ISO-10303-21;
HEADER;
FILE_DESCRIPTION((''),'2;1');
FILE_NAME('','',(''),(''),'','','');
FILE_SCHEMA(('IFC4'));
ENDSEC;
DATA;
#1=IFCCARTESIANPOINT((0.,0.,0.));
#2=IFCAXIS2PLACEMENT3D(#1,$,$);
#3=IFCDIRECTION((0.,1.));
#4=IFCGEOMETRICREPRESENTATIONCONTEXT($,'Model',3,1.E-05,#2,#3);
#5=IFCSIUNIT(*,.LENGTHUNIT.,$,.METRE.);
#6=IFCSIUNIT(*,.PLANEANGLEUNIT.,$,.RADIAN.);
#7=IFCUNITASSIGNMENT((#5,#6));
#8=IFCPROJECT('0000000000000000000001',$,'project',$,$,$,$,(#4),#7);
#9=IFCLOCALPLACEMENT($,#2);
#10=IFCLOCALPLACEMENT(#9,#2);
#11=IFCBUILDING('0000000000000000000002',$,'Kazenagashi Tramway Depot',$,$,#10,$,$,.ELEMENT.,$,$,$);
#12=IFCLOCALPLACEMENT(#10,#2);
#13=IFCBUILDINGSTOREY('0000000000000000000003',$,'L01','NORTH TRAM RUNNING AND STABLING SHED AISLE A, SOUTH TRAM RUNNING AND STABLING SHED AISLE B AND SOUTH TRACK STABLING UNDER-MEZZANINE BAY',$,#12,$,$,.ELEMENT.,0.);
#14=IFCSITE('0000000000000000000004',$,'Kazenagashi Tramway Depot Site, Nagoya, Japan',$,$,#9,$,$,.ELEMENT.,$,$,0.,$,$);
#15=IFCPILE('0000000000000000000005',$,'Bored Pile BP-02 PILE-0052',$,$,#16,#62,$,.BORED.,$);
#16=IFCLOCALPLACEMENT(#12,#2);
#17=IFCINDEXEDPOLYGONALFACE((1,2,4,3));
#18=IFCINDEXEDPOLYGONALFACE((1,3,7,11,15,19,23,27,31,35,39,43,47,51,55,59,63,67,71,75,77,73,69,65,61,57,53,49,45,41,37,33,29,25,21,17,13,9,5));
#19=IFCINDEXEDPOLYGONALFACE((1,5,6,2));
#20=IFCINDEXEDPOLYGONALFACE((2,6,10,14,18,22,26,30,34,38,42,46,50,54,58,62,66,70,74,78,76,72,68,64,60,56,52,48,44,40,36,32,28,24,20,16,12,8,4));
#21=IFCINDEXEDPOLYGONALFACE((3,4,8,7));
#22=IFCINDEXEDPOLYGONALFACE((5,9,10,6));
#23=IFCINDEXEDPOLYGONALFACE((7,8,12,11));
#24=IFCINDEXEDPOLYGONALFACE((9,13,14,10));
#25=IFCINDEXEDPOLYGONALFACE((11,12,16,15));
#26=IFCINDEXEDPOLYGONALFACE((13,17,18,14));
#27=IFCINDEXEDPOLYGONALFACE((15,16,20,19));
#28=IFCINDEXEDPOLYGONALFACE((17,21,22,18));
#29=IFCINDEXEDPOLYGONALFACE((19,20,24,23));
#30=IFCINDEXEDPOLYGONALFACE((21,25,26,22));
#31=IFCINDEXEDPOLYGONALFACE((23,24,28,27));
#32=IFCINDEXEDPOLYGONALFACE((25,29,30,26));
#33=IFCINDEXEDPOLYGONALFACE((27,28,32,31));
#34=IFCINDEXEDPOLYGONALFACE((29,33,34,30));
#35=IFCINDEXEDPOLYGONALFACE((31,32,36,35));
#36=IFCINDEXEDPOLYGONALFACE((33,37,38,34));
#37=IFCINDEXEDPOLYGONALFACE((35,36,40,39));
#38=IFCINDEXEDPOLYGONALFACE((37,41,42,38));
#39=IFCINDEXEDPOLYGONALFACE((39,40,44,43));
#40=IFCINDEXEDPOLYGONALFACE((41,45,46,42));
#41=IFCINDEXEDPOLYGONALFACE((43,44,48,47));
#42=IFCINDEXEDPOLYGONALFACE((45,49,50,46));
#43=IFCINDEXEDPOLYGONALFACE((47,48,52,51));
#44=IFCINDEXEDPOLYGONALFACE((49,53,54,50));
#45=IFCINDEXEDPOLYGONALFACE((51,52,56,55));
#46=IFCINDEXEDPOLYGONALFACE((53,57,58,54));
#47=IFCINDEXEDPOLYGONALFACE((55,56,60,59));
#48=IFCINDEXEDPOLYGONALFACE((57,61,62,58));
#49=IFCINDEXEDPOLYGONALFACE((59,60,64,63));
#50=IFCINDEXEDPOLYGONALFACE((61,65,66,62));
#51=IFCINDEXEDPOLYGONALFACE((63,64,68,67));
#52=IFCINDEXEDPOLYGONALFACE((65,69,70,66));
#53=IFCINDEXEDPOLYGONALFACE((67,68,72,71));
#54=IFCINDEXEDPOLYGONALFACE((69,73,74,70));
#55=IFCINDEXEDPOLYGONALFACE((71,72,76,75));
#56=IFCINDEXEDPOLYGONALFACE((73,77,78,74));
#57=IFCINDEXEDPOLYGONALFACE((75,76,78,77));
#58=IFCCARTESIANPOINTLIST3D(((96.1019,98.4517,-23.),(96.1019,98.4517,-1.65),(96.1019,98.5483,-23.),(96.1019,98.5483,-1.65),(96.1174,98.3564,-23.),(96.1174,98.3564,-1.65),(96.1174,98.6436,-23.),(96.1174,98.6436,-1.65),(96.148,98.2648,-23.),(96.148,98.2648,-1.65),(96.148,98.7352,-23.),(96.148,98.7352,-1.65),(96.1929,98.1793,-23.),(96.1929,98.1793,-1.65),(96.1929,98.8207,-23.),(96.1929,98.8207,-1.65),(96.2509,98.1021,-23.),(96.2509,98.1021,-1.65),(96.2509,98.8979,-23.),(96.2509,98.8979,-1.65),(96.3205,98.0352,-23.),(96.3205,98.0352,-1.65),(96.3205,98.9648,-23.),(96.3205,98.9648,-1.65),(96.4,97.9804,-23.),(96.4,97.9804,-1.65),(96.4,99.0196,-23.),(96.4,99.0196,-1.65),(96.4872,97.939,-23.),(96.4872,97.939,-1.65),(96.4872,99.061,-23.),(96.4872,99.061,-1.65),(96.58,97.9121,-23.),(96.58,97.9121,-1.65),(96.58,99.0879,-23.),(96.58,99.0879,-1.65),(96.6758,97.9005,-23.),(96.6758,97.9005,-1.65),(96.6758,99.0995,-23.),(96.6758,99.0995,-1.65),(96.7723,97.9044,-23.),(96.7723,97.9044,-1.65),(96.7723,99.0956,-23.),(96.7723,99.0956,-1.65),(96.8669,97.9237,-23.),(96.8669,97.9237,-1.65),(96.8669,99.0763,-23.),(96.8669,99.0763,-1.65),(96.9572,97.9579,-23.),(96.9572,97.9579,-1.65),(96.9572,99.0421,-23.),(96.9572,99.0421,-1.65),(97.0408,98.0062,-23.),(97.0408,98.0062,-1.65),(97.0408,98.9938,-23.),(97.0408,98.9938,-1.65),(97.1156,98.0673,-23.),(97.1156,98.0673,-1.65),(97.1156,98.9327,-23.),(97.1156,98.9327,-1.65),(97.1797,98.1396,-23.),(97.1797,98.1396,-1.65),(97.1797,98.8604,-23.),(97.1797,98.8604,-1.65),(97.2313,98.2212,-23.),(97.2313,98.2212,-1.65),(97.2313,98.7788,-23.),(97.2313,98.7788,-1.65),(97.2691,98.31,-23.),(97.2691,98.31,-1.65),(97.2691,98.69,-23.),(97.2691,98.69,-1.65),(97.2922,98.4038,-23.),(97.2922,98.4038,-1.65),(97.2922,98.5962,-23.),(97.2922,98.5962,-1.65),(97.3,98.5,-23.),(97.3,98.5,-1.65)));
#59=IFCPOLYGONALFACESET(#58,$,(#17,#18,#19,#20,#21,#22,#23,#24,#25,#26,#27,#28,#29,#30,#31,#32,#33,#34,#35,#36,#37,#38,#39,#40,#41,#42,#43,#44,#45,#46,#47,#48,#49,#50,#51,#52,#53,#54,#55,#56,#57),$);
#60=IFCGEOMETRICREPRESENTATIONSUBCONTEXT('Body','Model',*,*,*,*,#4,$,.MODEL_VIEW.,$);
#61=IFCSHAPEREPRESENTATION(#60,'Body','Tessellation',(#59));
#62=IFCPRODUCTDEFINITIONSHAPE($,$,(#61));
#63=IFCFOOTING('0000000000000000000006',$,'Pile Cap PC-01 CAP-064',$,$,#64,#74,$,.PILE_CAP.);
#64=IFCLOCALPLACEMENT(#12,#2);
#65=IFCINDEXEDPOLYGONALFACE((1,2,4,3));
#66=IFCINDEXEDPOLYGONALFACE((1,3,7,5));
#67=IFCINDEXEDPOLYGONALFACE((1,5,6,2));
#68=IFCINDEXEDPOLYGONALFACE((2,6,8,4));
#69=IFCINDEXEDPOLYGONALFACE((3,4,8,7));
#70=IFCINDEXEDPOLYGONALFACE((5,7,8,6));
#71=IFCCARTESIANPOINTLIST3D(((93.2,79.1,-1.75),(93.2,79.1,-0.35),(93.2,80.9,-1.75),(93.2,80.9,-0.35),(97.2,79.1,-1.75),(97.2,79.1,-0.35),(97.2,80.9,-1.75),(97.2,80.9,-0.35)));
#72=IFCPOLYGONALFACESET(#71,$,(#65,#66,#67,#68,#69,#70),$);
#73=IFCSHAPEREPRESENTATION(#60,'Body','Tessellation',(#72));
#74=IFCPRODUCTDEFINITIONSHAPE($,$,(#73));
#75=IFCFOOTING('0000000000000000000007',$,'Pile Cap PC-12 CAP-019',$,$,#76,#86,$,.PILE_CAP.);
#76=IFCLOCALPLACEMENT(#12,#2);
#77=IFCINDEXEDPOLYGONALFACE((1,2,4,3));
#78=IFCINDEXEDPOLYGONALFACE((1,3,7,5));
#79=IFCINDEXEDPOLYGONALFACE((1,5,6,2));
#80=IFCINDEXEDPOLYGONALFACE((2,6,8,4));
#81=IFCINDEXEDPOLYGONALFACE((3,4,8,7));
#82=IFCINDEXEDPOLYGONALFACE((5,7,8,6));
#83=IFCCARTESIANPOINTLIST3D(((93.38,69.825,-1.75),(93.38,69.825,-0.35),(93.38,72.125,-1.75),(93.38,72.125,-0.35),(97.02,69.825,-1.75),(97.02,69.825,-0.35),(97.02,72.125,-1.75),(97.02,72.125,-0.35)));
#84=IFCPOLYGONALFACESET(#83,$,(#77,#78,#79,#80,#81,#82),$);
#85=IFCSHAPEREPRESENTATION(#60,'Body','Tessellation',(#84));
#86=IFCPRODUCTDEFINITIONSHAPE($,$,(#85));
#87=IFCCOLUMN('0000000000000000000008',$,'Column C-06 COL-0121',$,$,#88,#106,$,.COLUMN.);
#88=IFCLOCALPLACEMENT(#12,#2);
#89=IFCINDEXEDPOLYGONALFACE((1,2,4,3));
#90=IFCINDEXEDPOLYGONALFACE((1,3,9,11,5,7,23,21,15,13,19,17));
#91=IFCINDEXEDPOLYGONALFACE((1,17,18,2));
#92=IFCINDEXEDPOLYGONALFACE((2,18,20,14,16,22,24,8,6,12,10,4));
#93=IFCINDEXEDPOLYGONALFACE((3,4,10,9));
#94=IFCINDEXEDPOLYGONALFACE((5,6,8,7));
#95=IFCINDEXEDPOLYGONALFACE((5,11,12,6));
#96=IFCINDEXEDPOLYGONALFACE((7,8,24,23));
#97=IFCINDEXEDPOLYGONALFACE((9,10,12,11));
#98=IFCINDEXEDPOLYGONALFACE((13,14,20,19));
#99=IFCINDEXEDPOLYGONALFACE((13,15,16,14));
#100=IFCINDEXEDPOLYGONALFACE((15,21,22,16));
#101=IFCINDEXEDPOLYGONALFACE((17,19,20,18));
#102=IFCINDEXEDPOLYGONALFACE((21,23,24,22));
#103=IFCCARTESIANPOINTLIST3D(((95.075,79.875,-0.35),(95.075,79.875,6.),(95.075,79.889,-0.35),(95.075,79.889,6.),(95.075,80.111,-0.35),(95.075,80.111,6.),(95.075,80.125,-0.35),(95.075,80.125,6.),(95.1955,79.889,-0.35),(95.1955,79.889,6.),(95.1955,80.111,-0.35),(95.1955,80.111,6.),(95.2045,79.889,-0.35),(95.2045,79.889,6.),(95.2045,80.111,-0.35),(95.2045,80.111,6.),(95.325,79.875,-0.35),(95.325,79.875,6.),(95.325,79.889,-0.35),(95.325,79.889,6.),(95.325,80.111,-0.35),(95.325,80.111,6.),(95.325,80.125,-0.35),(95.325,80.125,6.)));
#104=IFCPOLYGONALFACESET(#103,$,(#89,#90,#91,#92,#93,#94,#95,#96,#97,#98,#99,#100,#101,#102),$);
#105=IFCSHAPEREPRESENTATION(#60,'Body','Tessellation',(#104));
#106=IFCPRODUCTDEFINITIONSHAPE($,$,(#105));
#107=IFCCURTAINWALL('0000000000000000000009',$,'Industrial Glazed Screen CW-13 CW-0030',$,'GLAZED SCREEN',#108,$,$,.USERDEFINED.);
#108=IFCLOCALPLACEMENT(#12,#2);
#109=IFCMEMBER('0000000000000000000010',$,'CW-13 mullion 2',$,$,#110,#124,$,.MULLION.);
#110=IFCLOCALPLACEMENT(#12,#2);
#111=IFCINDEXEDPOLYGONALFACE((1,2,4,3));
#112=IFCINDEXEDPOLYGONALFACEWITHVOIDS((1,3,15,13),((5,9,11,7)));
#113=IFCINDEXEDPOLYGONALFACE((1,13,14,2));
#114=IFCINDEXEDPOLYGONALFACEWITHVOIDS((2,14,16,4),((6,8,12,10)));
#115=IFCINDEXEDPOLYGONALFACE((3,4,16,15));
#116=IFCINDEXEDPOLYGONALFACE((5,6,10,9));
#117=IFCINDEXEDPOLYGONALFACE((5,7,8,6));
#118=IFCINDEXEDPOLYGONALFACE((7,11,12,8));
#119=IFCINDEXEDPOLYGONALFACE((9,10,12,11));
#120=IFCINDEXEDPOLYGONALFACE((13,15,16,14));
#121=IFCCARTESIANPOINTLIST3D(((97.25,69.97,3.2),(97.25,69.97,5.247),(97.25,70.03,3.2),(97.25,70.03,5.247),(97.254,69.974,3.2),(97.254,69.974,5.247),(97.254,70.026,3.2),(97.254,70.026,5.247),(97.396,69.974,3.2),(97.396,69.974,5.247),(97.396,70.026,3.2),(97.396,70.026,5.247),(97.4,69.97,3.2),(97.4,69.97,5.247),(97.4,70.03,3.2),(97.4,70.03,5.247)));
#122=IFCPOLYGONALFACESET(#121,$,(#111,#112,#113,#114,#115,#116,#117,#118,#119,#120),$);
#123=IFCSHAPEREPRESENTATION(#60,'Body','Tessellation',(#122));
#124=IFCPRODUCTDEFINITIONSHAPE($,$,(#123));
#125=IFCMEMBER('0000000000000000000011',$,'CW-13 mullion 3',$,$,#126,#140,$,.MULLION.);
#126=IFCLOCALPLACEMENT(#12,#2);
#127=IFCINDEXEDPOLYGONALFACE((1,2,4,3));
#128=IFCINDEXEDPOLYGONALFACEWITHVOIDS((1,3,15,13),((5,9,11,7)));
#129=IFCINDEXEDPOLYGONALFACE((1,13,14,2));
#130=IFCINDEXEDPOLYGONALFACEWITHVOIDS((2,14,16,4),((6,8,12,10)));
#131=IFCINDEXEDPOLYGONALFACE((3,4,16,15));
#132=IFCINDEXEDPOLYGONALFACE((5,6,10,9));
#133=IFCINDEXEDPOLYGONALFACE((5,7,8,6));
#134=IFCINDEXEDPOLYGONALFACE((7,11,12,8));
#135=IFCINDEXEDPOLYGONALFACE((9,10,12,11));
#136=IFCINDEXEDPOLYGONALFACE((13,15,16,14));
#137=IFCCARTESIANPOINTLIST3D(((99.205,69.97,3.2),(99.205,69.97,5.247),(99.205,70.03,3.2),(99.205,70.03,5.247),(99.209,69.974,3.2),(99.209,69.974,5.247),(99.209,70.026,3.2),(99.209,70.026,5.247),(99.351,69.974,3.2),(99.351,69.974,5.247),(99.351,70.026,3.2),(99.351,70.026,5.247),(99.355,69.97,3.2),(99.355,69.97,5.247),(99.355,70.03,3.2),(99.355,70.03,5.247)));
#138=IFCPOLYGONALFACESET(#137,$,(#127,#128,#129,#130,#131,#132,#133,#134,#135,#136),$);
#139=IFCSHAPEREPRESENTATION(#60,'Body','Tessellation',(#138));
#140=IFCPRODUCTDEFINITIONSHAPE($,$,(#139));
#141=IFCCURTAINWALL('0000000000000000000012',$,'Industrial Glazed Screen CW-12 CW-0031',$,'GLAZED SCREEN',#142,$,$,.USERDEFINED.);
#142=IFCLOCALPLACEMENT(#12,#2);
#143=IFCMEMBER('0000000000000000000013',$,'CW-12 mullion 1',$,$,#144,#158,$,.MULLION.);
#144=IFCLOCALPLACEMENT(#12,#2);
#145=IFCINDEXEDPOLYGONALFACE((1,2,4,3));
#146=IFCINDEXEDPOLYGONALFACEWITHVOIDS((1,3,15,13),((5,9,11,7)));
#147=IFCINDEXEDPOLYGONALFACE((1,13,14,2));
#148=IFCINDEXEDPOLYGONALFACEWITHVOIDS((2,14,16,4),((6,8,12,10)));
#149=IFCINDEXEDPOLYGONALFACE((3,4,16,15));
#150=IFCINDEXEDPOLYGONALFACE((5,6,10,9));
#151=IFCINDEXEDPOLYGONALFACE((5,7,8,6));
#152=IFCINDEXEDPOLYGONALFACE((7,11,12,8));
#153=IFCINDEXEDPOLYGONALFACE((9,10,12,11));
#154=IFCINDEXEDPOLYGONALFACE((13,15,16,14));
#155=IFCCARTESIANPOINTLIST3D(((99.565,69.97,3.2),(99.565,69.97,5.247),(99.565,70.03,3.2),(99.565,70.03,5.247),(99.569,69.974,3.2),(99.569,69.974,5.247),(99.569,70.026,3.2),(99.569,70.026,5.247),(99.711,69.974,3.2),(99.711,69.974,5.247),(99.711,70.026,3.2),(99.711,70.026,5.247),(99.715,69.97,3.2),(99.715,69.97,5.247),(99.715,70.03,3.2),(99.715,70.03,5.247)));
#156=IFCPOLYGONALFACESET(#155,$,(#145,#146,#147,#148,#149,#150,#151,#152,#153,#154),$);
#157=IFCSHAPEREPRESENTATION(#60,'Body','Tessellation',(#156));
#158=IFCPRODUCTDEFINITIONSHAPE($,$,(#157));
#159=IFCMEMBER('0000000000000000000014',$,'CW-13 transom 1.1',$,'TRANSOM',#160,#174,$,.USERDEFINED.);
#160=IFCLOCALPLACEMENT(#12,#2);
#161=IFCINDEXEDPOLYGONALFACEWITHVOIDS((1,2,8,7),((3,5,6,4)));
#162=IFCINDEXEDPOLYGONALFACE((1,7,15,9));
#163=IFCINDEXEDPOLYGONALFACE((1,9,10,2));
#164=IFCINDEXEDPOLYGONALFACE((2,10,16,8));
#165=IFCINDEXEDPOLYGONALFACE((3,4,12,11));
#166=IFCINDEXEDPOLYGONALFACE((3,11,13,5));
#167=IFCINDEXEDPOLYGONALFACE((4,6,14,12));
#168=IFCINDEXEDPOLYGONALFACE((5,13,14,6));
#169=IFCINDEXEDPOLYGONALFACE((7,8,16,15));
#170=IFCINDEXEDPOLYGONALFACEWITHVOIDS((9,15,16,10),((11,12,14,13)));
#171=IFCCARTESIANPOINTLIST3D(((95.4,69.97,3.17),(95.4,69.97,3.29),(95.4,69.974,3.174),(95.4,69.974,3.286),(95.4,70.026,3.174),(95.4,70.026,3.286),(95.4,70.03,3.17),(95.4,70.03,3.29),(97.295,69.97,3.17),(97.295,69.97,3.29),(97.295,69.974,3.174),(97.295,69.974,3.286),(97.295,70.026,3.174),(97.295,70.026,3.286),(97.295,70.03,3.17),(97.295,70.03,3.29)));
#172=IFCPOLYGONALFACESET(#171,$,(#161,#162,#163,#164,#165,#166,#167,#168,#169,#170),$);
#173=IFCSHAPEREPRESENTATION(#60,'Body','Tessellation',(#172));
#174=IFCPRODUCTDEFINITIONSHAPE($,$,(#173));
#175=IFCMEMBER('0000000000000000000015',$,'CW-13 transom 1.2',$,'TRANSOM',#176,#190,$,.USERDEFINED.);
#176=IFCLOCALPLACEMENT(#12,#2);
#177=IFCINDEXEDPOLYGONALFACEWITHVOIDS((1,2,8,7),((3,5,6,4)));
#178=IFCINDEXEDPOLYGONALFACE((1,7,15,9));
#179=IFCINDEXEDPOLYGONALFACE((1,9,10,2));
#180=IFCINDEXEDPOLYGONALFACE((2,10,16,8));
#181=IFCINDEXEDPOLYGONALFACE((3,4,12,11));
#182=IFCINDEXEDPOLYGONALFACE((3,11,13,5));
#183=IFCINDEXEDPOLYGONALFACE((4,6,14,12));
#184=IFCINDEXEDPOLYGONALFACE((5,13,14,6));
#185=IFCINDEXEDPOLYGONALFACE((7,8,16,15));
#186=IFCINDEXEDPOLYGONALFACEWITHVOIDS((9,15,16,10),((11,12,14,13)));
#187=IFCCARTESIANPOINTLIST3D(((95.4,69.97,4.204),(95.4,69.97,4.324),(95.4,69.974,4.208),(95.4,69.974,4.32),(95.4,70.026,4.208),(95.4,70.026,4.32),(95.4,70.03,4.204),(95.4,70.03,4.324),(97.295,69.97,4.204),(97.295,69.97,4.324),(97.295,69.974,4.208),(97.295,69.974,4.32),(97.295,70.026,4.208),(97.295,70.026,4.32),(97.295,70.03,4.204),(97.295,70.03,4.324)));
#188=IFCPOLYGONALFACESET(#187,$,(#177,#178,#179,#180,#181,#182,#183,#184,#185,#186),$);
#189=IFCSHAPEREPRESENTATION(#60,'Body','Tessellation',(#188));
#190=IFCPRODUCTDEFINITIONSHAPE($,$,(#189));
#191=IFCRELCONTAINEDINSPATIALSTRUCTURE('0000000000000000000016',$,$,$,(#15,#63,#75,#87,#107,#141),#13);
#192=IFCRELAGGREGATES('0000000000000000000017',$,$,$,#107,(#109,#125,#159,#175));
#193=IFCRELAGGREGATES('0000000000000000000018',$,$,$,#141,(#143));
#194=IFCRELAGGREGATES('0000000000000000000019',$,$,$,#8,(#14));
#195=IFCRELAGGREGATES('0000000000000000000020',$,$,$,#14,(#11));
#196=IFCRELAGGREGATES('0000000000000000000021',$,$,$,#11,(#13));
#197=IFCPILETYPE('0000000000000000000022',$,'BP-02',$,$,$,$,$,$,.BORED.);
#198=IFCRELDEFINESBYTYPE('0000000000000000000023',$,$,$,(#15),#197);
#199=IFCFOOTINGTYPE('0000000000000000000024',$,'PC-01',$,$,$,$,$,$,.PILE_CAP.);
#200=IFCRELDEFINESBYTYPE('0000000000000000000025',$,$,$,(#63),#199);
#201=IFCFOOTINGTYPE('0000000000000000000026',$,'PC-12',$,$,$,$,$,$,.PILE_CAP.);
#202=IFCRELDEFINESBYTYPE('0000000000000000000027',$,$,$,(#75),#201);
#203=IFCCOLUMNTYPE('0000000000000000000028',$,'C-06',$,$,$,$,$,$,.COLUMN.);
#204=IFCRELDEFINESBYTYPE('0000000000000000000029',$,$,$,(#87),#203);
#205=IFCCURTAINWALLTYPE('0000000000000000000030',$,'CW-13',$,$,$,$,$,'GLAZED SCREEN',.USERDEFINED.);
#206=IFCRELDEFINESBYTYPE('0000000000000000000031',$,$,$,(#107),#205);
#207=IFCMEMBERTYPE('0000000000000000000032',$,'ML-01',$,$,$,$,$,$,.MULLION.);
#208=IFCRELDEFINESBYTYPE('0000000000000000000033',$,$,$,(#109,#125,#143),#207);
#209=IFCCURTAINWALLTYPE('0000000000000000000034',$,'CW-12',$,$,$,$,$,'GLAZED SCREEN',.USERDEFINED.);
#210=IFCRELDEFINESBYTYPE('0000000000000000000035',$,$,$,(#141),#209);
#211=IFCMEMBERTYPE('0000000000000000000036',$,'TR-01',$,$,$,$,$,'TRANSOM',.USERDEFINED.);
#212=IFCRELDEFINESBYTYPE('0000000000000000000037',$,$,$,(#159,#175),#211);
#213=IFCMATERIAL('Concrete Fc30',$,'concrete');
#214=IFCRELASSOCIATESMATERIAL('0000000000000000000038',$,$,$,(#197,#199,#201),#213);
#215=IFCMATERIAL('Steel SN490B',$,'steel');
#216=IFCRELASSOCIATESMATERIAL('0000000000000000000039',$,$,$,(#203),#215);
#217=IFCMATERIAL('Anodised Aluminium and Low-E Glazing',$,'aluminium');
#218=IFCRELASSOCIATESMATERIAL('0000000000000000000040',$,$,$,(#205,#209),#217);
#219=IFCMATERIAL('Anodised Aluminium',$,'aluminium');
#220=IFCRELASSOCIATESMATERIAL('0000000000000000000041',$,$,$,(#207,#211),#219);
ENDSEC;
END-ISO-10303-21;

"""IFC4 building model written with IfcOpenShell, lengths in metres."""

from ifc_helpers import new_model, si_unit, direction, frame, origin, origin_2d, place, context, subcontext, project, spatial, rectangle, hollow_rectangle, circle, i_section, extrude, material, material_profile, profile_set, type_object, element, aggregate, save


model = new_model("IFC4")

# Units and contexts
model_context = context("Model", 3, precision=1e-05, world=origin(), true_north=direction((0.0, 1.0)))
body_context = subcontext(model_context, "Body", "Model", "MODEL_VIEW")
ifc_project = project(units=[si_unit("LENGTHUNIT", "METRE"), si_unit("PLANEANGLEUNIT", "RADIAN")], contexts=[model_context])

# Site, building, storey
site_placement = place(None, origin())
site = spatial("IfcSite", under=ifc_project, at=site_placement, Name="Kazenagashi Tramway Depot Site, Nagoya, Japan", CompositionType="ELEMENT", RefElevation=0.0)
building_placement = place(site_placement, origin())
building = spatial("IfcBuilding", under=site, at=building_placement, Name="Kazenagashi Tramway Depot", CompositionType="ELEMENT")
storey_placement = place(building_placement, origin())
storey = spatial("IfcBuildingStorey", under=building, at=storey_placement, Name="L01", Description="NORTH TRAM RUNNING AND STABLING SHED AISLE A, SOUTH TRAM RUNNING AND STABLING SHED AISLE B AND SOUTH TRACK STABLING UNDER-MEZZANINE BAY", CompositionType="ELEMENT", Elevation=0.0)

# Pile
ifc_material_1 = material(Name="Concrete Fc30", Category="concrete")
ifc_material_profile_1 = material_profile(ifc_material_1, circle(Radius=0.6, at=origin_2d()), Name="PILE-1200")
ifc_profile_set_1 = profile_set([ifc_material_profile_1], Name="Concrete Fc30")
pile_type_1 = type_object("IfcPileType", Name="BP-02", PredefinedType="BORED", material=ifc_profile_set_1)
for number, where, z_axis, x_axis, name in (
    (1, (96.7, 98.5, -1.65), (0.0, 0.0, -1.0), (1.0, 0.0, 0.0), "Bored Pile BP-02 PILE-0052"),
):
    element("IfcPile", number, at=place(storey_placement, frame(where, z_axis=z_axis, x_axis=x_axis)), inside=storey, type_object=pile_type_1, Name=name, PredefinedType="BORED", context=body_context, shape_type="SweptSolid", body=[
        extrude(circle(Radius=0.6, at=origin_2d()), origin(), (0.0, 0.0, 1.0), 21.35),
    ])

# Footings
footing_type_1 = type_object("IfcFootingType", Name="PC-01", PredefinedType="PILE_CAP", material=ifc_material_1)
footing_1_placement = place(storey_placement, frame((95.2, 80.0, -1.75), z_axis=(0.0, 0.0, 1.0), x_axis=(1.0, 0.0, 0.0)))
element("IfcFooting", 2, at=footing_1_placement, inside=storey, type_object=footing_type_1, Name="Pile Cap PC-01 CAP-064", PredefinedType="PILE_CAP", context=body_context, shape_type="SweptSolid", body=[
    extrude(rectangle(XDim=4.0, YDim=1.8, at=origin_2d()), origin(), (0.0, 0.0, 1.0), 1.4),
])
footing_type_2 = type_object("IfcFootingType", Name="PC-12", PredefinedType="PILE_CAP", material=ifc_material_1)
footing_2_placement = place(storey_placement, frame((95.2, 70.975, -1.75), z_axis=(0.0, 0.0, 1.0), x_axis=(1.0, 0.0, 0.0)))
element("IfcFooting", 3, at=footing_2_placement, inside=storey, type_object=footing_type_2, Name="Pile Cap PC-12 CAP-019", PredefinedType="PILE_CAP", context=body_context, shape_type="SweptSolid", body=[
    extrude(rectangle(XDim=3.64, YDim=2.3, at=origin_2d()), origin(), (0.0, 0.0, 1.0), 1.4),
])

# Column
ifc_material_2 = material(Name="Steel SN490B", Category="steel")
ifc_material_profile_2 = material_profile(ifc_material_2, i_section(OverallWidth=0.25, OverallDepth=0.25, WebThickness=0.009, FlangeThickness=0.014, at=origin_2d()), Name="H-250x250x9x14")
ifc_profile_set_2 = profile_set([ifc_material_profile_2], Name="Steel SN490B")
column_type = type_object("IfcColumnType", Name="C-06", PredefinedType="COLUMN", material=ifc_profile_set_2)
column_placement = place(storey_placement, frame((95.2, 80.0, -0.35), z_axis=(0.0, 0.0, 1.0), x_axis=(1.0, 0.0, 0.0)))
element("IfcColumn", 4, at=column_placement, inside=storey, type_object=column_type, Name="Column C-06 COL-0121", PredefinedType="COLUMN", context=body_context, shape_type="SweptSolid", body=[
    extrude(i_section(OverallWidth=0.25, OverallDepth=0.25, WebThickness=0.009, FlangeThickness=0.014, at=origin_2d()), origin(), (0.0, 0.0, 1.0), 6.35),
])

# Curtain wall, members
ifc_material_3 = material(Name="Anodised Aluminium and Low-E Glazing", Category="aluminium")
curtain_wall_type_1 = type_object("IfcCurtainWallType", Name="CW-13", ElementType="GLAZED SCREEN", PredefinedType="USERDEFINED", material=ifc_material_3)
curtain_wall_1_placement = place(storey_placement, origin())
curtain_wall_1 = element("IfcCurtainWall", 5, at=curtain_wall_1_placement, inside=storey, type_object=curtain_wall_type_1, Name="Industrial Glazed Screen CW-13 CW-0030", ObjectType="GLAZED SCREEN", PredefinedType="USERDEFINED")
ifc_material_4 = material(Name="Anodised Aluminium", Category="aluminium")
ifc_material_profile_3 = material_profile(ifc_material_4, hollow_rectangle(XDim=0.06, YDim=0.15, WallThickness=0.004, at=origin_2d()), Name="RHS-150x60x4")
ifc_profile_set_3 = profile_set([ifc_material_profile_3], Name="Anodised Aluminium")
member_type_1 = type_object("IfcMemberType", Name="ML-01", PredefinedType="MULLION", material=ifc_profile_set_3)
member_1_placement = place(storey_placement, frame((97.325, 70.0, 3.2), z_axis=(0.0, 0.0, 1.0), x_axis=(0.0, 1.0, 0.0)))
member_1 = element("IfcMember", 6, at=member_1_placement, type_object=member_type_1, Name="CW-13 mullion 2", PredefinedType="MULLION", context=body_context, shape_type="SweptSolid", body=[
    extrude(hollow_rectangle(XDim=0.06, YDim=0.15, WallThickness=0.004, at=origin_2d()), origin(), (0.0, 0.0, 1.0), 2.047),
])
member_2_placement = place(storey_placement, frame((99.28, 70.0, 3.2), z_axis=(0.0, 0.0, 1.0), x_axis=(0.0, 1.0, 0.0)))
member_2 = element("IfcMember", 7, at=member_2_placement, type_object=member_type_1, Name="CW-13 mullion 3", PredefinedType="MULLION", context=body_context, shape_type="SweptSolid", body=[
    extrude(hollow_rectangle(XDim=0.06, YDim=0.15, WallThickness=0.004, at=origin_2d()), origin(), (0.0, 0.0, 1.0), 2.047),
])

# Curtain wall, member
curtain_wall_type_2 = type_object("IfcCurtainWallType", Name="CW-12", ElementType="GLAZED SCREEN", PredefinedType="USERDEFINED", material=ifc_material_3)
curtain_wall_2_placement = place(storey_placement, origin())
curtain_wall_2 = element("IfcCurtainWall", 8, at=curtain_wall_2_placement, inside=storey, type_object=curtain_wall_type_2, Name="Industrial Glazed Screen CW-12 CW-0031", ObjectType="GLAZED SCREEN", PredefinedType="USERDEFINED")
member_3_placement = place(storey_placement, frame((99.64, 70.0, 3.2), z_axis=(0.0, 0.0, 1.0), x_axis=(0.0, 1.0, 0.0)))
member_3 = element("IfcMember", 9, at=member_3_placement, type_object=member_type_1, Name="CW-12 mullion 1", PredefinedType="MULLION", context=body_context, shape_type="SweptSolid", body=[
    extrude(hollow_rectangle(XDim=0.06, YDim=0.15, WallThickness=0.004, at=origin_2d()), origin(), (0.0, 0.0, 1.0), 2.047),
])

# Members
ifc_material_profile_4 = material_profile(ifc_material_4, hollow_rectangle(XDim=0.06, YDim=0.12, WallThickness=0.004, at=origin_2d()), Name="RHS-120x60x4")
ifc_profile_set_4 = profile_set([ifc_material_profile_4], Name="Anodised Aluminium")
member_type_2 = type_object("IfcMemberType", Name="TR-01", ElementType="TRANSOM", PredefinedType="USERDEFINED", material=ifc_profile_set_4)
member_4_placement = place(storey_placement, frame((95.4, 70.0, 3.23), z_axis=(1.0, 0.0, 0.0), x_axis=(0.0, 1.0, 0.0)))
member_4 = element("IfcMember", 10, at=member_4_placement, type_object=member_type_2, Name="CW-13 transom 1.1", ObjectType="TRANSOM", PredefinedType="USERDEFINED", context=body_context, shape_type="SweptSolid", body=[
    extrude(hollow_rectangle(XDim=0.06, YDim=0.12, WallThickness=0.004, at=origin_2d()), origin(), (0.0, 0.0, 1.0), 1.895),
])
member_5_placement = place(storey_placement, frame((95.4, 70.0, 4.264), z_axis=(1.0, 0.0, 0.0), x_axis=(0.0, 1.0, 0.0)))
member_5 = element("IfcMember", 11, at=member_5_placement, type_object=member_type_2, Name="CW-13 transom 1.2", ObjectType="TRANSOM", PredefinedType="USERDEFINED", context=body_context, shape_type="SweptSolid", body=[
    extrude(hollow_rectangle(XDim=0.06, YDim=0.12, WallThickness=0.004, at=origin_2d()), origin(), (0.0, 0.0, 1.0), 1.895),
])

aggregate(curtain_wall_1, [member_1, member_2, member_4, member_5])
aggregate(curtain_wall_2, [member_3])

save(model, "model.ifc")
